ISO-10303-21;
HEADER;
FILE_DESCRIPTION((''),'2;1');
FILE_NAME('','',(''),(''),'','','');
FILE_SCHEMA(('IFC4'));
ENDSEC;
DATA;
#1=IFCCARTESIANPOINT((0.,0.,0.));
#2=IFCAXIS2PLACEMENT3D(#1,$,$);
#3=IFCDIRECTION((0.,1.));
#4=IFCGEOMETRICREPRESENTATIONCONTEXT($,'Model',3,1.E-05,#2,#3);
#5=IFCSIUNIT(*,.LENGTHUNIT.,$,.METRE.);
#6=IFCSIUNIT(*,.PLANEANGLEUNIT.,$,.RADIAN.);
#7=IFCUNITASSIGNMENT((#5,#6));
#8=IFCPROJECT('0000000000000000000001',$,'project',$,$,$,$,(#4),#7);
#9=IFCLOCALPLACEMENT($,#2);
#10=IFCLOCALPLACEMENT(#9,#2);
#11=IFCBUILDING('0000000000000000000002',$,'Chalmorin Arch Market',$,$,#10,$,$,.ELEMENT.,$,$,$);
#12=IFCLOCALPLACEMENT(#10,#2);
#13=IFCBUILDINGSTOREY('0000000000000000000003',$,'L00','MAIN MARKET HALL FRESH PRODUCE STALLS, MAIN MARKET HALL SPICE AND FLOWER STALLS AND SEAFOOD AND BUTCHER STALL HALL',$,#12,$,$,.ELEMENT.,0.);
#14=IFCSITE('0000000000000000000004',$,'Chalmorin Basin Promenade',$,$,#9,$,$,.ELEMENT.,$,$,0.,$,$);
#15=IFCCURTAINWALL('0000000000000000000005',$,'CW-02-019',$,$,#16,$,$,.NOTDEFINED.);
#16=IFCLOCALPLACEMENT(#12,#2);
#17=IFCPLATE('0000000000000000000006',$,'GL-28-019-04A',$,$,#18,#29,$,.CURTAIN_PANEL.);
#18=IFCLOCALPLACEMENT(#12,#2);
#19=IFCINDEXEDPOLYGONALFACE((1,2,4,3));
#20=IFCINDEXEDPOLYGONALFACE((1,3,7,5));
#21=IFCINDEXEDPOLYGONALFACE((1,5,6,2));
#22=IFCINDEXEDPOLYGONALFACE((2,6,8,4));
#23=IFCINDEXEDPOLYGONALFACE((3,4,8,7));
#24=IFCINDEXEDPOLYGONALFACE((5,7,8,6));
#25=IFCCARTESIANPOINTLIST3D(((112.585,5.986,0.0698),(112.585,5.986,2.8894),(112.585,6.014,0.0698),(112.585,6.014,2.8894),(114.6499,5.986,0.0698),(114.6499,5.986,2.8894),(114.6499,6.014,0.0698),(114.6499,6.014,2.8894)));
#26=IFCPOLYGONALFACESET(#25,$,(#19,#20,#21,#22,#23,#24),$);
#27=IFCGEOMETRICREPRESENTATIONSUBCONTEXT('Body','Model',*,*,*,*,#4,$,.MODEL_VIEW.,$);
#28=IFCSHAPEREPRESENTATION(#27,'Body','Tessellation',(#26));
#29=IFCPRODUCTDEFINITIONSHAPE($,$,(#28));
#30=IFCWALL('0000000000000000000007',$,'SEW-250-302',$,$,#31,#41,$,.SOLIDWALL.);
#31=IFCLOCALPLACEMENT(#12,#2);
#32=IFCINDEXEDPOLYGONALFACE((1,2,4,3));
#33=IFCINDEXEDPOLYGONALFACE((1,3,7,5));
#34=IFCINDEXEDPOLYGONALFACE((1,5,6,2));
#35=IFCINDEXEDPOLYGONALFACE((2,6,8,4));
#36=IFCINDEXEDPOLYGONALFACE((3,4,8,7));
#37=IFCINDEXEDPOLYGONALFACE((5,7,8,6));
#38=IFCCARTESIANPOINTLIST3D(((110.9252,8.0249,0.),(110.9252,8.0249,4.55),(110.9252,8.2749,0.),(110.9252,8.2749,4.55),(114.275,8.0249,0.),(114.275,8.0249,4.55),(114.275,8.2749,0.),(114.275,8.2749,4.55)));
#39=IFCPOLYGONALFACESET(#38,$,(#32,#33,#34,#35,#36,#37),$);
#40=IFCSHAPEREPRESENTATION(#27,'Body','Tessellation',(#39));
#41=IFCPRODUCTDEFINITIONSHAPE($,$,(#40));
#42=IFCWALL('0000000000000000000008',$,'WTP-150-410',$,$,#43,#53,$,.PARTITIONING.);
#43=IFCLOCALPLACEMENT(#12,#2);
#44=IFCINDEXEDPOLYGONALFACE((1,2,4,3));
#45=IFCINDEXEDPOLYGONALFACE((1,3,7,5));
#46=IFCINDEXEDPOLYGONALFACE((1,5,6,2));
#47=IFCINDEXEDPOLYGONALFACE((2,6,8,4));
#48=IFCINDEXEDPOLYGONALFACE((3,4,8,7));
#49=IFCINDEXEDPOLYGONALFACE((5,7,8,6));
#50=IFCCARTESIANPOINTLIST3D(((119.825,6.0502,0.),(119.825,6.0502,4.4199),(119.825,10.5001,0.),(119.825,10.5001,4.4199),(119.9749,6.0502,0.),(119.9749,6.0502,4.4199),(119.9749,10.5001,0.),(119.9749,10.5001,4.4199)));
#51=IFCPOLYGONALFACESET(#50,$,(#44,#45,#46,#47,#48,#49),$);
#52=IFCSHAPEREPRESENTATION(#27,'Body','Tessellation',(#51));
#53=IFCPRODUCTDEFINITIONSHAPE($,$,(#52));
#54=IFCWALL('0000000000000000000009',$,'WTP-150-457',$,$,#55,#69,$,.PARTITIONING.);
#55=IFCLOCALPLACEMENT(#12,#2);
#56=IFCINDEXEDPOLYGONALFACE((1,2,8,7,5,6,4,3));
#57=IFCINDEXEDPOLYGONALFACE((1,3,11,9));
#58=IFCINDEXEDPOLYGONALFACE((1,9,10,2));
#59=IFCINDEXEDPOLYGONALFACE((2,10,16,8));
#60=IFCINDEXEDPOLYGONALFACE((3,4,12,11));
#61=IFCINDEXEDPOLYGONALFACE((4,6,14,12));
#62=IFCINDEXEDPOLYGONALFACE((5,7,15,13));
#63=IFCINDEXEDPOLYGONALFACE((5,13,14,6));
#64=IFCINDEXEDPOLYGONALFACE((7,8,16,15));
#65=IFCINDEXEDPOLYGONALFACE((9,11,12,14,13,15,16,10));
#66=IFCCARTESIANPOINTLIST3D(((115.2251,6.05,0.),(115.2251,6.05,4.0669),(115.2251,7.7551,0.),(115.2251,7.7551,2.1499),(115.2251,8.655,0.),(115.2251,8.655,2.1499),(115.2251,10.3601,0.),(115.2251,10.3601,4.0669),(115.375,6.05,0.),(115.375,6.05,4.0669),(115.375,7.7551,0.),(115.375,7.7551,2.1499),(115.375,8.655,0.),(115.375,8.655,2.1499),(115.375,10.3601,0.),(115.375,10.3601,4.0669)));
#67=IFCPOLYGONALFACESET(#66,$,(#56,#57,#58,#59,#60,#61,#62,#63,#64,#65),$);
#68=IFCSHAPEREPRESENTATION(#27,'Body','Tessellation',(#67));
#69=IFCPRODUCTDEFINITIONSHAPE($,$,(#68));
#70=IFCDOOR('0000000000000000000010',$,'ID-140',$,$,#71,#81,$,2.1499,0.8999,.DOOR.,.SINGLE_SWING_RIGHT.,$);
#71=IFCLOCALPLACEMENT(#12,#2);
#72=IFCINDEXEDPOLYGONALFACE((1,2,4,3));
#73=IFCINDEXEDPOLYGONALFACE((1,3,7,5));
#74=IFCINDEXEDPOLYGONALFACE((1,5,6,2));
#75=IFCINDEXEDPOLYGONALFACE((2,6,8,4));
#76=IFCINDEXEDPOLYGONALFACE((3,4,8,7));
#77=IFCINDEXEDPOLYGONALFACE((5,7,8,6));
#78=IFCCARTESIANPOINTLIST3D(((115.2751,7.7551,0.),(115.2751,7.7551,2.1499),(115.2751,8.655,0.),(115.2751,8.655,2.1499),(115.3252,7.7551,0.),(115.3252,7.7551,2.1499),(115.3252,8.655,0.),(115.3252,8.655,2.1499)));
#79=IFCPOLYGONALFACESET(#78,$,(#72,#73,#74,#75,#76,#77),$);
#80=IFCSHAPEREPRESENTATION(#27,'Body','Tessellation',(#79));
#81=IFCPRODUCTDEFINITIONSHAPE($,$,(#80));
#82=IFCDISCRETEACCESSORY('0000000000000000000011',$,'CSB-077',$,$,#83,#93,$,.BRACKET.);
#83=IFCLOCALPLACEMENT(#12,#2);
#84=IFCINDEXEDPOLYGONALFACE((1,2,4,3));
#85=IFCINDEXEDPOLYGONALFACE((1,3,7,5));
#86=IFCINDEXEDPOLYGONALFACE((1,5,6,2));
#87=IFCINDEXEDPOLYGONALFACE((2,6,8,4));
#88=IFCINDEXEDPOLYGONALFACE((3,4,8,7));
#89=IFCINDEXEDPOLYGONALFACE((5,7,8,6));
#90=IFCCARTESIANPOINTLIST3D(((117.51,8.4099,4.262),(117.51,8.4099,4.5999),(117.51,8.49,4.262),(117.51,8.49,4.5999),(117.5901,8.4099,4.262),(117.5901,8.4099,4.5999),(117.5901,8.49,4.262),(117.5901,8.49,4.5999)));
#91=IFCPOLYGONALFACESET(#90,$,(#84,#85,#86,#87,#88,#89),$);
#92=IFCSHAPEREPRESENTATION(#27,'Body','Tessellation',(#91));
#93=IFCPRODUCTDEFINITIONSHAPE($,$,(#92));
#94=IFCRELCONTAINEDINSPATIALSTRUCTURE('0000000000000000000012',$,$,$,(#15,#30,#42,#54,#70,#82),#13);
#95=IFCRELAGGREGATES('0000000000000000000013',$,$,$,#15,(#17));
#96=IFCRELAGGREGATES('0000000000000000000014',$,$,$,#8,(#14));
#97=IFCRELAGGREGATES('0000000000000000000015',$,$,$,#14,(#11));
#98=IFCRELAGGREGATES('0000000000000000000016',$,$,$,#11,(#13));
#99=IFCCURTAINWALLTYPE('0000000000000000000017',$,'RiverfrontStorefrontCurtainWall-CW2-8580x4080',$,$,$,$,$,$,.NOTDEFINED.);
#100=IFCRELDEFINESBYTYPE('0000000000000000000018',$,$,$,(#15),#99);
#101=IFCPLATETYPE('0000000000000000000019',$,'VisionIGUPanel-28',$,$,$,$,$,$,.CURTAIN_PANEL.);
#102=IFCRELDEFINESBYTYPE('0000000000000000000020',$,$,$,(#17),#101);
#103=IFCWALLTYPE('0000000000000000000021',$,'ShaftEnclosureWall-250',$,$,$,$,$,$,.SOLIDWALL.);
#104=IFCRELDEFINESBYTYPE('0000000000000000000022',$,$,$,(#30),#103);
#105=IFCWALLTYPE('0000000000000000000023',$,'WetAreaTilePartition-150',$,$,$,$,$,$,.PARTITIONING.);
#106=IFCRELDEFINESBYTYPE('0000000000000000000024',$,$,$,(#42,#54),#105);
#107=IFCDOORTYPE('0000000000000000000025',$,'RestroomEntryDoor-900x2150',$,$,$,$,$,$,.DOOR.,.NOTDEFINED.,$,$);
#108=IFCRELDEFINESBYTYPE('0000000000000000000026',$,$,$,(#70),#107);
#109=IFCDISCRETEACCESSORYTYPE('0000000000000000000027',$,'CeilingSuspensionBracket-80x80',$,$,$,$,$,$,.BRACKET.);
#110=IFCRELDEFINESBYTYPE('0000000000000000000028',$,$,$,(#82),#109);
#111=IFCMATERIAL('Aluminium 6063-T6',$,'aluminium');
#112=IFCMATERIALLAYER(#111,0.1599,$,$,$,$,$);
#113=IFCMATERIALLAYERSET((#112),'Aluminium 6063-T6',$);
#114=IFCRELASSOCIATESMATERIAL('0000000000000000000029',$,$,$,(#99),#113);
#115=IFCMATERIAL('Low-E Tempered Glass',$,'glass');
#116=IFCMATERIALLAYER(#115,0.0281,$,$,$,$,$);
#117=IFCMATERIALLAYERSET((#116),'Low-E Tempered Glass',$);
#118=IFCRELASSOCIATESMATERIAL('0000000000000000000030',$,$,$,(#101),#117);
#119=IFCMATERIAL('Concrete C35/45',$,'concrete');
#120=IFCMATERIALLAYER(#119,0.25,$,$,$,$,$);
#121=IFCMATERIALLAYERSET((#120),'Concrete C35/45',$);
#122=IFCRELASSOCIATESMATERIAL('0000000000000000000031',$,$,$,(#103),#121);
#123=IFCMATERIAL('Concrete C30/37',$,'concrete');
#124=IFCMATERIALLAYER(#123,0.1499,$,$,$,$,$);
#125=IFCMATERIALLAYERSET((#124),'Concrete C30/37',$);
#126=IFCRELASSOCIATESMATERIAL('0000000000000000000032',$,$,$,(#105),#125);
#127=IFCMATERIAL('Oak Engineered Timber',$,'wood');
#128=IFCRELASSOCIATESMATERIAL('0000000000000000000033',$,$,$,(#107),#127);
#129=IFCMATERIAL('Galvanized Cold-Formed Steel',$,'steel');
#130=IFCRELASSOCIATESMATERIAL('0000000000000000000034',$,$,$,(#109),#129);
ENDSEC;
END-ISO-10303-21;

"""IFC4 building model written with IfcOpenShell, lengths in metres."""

from ifc_helpers import new_model, si_unit, direction, frame, frame_2d, origin, origin_2d, place, context, subcontext, project, spatial, rectangle, extrude, material, layer, layer_set, type_object, element, fill, aggregate, save


model = new_model("IFC4")

# Units and contexts
model_context = context("Model", 3, precision=1e-05, world=origin(), true_north=direction((0.0, 1.0)))
body_context = subcontext(model_context, "Body", "Model", "MODEL_VIEW")
ifc_project = project(units=[si_unit("LENGTHUNIT", "METRE"), si_unit("PLANEANGLEUNIT", "RADIAN")], contexts=[model_context])

# Site, building, storey
site_placement = place(None, origin())
site = spatial("IfcSite", under=ifc_project, at=site_placement, Name="Chalmorin Basin Promenade", CompositionType="ELEMENT", RefElevation=0.0)
building_placement = place(site_placement, origin())
building = spatial("IfcBuilding", under=site, at=building_placement, Name="Chalmorin Arch Market", CompositionType="ELEMENT")
storey_placement = place(building_placement, origin())
storey = spatial("IfcBuildingStorey", under=building, at=storey_placement, Name="L00", Description="MAIN MARKET HALL FRESH PRODUCE STALLS, MAIN MARKET HALL SPICE AND FLOWER STALLS AND SEAFOOD AND BUTCHER STALL HALL", CompositionType="ELEMENT", Elevation=0.0)

# Curtain wall
ifc_material_1 = material(Name="Aluminium 6063-T6", Category="aluminium")
ifc_layer_1 = layer(ifc_material_1, 0.1599)
ifc_layer_set_1 = layer_set([ifc_layer_1], Name="Aluminium 6063-T6")
curtain_wall_type = type_object("IfcCurtainWallType", Name="RiverfrontStorefrontCurtainWall-CW2-8580x4080", PredefinedType="NOTDEFINED", material=ifc_layer_set_1)
curtain_wall_placement = place(storey_placement, origin())
curtain_wall = element("IfcCurtainWall", 1, at=curtain_wall_placement, inside=storey, type_object=curtain_wall_type, Name="CW-02-019", PredefinedType="NOTDEFINED")

# Plate
ifc_material_2 = material(Name="Low-E Tempered Glass", Category="glass")
ifc_layer_2 = layer(ifc_material_2, 0.0281)
ifc_layer_set_2 = layer_set([ifc_layer_2], Name="Low-E Tempered Glass")
plate_type_1 = type_object("IfcPlateType", Name="VisionIGUPanel-28", PredefinedType="CURTAIN_PANEL", material=ifc_layer_set_2)
plate_1_placement = place(storey_placement, frame((113.6174, 6.0, 0.0698), z_axis=(0.0, 0.0, 1.0), x_axis=(1.0, 0.0, 0.0)))
plate_1 = element("IfcPlate", 2, at=plate_1_placement, type_object=plate_type_1, Name="GL-28-019-04A", PredefinedType="CURTAIN_PANEL", context=body_context, shape_type="SweptSolid", body=[
    extrude(rectangle(XDim=2.0649, YDim=0.0281, at=origin_2d()), origin(), (0.0, 0.0, 1.0), 2.8196),
])
aggregate(curtain_wall, [plate_1])

# Shared definitions
ifc_material_3 = material(Name="Concrete C35/45", Category="concrete")

# Walls
ifc_layer_3 = layer(ifc_material_3, 0.25)
ifc_layer_set_3 = layer_set([ifc_layer_3], Name="Concrete C35/45")
wall_type_1 = type_object("IfcWallType", Name="ShaftEnclosureWall-250", PredefinedType="SOLIDWALL", material=ifc_layer_set_3)
wall_1_placement = place(storey_placement, frame((114.2749, 8.1499, 0.0), z_axis=(0.0, 0.0, 1.0), x_axis=(-1.0, 0.0, 0.0)))
element("IfcWall", 3, at=wall_1_placement, inside=storey, type_object=wall_type_1, Name="SEW-250-302", PredefinedType="SOLIDWALL", context=body_context, shape_type="SweptSolid", body=[
    extrude(rectangle(XDim=3.3499, YDim=0.25, at=frame_2d((1.6748, 0.0))), origin(), (0.0, 0.0, 1.0), 4.55),
])
ifc_material_4 = material(Name="Concrete C30/37", Category="concrete")
ifc_layer_4 = layer(ifc_material_4, 0.1499)
ifc_layer_set_4 = layer_set([ifc_layer_4], Name="Concrete C30/37")
wall_type_2 = type_object("IfcWallType", Name="WetAreaTilePartition-150", PredefinedType="PARTITIONING", material=ifc_layer_set_4)
wall_2_placement = place(storey_placement, frame((119.8999, 6.05, 0.0), z_axis=(0.0, 0.0, 1.0), x_axis=(0.0, 1.0, 0.0)))
element("IfcWall", 4, at=wall_2_placement, inside=storey, type_object=wall_type_2, Name="WTP-150-410", PredefinedType="PARTITIONING", context=body_context, shape_type="SweptSolid", body=[
    extrude(rectangle(XDim=4.45, YDim=0.1499, at=frame_2d((2.2251, 0.0))), origin(), (0.0, 0.0, 1.0), 4.4199),
])

# Wall, opening, door
wall_3_placement = place(storey_placement, frame((115.3, 6.05, 0.0), z_axis=(0.0, 0.0, 1.0), x_axis=(0.0, 1.0, 0.0)))
wall_3 = element("IfcWall", 5, at=wall_3_placement, inside=storey, type_object=wall_type_2, Name="WTP-150-457", PredefinedType="PARTITIONING", context=body_context, shape_type="SweptSolid", body=[
    extrude(rectangle(XDim=4.3101, YDim=0.1499, at=frame_2d((2.155, 0.0))), origin(), (0.0, 0.0, 1.0), 4.0669),
])
opening_1_placement = place(wall_3_placement, frame((1.7051, 0.0, 0.0)))
opening_1 = element("IfcOpeningElement", 6, at=opening_1_placement, cuts=wall_3, PredefinedType="OPENING", context=body_context, shape_type="SweptSolid", body=[
    extrude(rectangle(XDim=0.8999, YDim=2.1499, at=frame_2d((0.45, 1.075))), frame((0.0, 0.085, 0.0), z_axis=(0.0, -1.0, 0.0), x_axis=(1.0, 0.0, 0.0)), (0.0, 0.0, 1.0), 0.1699),
])
ifc_material_5 = material(Name="Oak Engineered Timber", Category="wood")
door_type_1 = type_object("IfcDoorType", Name="RestroomEntryDoor-900x2150", OperationType="NOTDEFINED", PredefinedType="DOOR", material=ifc_material_5)
door_1_placement = place(opening_1_placement, origin())
door_1 = element("IfcDoor", 7, at=door_1_placement, inside=storey, type_object=door_type_1, Name="ID-140", OperationType="SINGLE_SWING_RIGHT", OverallHeight=2.1499, OverallWidth=0.8999, PredefinedType="DOOR", context=body_context, shape_type="SweptSolid", body=[
    extrude(rectangle(XDim=0.8999, YDim=2.1499, at=frame_2d((0.45, 1.075))), frame((0.0, 0.0249, 0.0), z_axis=(0.0, -1.0, 0.0), x_axis=(1.0, 0.0, 0.0)), (0.0, 0.0, 1.0), 0.05),
])
fill(opening_1, door_1)

# Discrete accessory
ifc_material_6 = material(Name="Galvanized Cold-Formed Steel", Category="steel")
discrete_accessory_type = type_object("IfcDiscreteAccessoryType", Name="CeilingSuspensionBracket-80x80", PredefinedType="BRACKET", material=ifc_material_6)
discrete_accessory_placement = place(storey_placement, frame((117.55, 8.45, 4.262), z_axis=(0.0, 0.0, 1.0), x_axis=(1.0, 0.0, 0.0)))
element("IfcDiscreteAccessory", 8, at=discrete_accessory_placement, inside=storey, type_object=discrete_accessory_type, Name="CSB-077", PredefinedType="BRACKET", context=body_context, shape_type="SweptSolid", body=[
    extrude(rectangle(XDim=0.0801, YDim=0.0801, at=origin_2d()), origin(), (0.0, 0.0, 1.0), 0.3379),
])

save(model, "model.ifc")
